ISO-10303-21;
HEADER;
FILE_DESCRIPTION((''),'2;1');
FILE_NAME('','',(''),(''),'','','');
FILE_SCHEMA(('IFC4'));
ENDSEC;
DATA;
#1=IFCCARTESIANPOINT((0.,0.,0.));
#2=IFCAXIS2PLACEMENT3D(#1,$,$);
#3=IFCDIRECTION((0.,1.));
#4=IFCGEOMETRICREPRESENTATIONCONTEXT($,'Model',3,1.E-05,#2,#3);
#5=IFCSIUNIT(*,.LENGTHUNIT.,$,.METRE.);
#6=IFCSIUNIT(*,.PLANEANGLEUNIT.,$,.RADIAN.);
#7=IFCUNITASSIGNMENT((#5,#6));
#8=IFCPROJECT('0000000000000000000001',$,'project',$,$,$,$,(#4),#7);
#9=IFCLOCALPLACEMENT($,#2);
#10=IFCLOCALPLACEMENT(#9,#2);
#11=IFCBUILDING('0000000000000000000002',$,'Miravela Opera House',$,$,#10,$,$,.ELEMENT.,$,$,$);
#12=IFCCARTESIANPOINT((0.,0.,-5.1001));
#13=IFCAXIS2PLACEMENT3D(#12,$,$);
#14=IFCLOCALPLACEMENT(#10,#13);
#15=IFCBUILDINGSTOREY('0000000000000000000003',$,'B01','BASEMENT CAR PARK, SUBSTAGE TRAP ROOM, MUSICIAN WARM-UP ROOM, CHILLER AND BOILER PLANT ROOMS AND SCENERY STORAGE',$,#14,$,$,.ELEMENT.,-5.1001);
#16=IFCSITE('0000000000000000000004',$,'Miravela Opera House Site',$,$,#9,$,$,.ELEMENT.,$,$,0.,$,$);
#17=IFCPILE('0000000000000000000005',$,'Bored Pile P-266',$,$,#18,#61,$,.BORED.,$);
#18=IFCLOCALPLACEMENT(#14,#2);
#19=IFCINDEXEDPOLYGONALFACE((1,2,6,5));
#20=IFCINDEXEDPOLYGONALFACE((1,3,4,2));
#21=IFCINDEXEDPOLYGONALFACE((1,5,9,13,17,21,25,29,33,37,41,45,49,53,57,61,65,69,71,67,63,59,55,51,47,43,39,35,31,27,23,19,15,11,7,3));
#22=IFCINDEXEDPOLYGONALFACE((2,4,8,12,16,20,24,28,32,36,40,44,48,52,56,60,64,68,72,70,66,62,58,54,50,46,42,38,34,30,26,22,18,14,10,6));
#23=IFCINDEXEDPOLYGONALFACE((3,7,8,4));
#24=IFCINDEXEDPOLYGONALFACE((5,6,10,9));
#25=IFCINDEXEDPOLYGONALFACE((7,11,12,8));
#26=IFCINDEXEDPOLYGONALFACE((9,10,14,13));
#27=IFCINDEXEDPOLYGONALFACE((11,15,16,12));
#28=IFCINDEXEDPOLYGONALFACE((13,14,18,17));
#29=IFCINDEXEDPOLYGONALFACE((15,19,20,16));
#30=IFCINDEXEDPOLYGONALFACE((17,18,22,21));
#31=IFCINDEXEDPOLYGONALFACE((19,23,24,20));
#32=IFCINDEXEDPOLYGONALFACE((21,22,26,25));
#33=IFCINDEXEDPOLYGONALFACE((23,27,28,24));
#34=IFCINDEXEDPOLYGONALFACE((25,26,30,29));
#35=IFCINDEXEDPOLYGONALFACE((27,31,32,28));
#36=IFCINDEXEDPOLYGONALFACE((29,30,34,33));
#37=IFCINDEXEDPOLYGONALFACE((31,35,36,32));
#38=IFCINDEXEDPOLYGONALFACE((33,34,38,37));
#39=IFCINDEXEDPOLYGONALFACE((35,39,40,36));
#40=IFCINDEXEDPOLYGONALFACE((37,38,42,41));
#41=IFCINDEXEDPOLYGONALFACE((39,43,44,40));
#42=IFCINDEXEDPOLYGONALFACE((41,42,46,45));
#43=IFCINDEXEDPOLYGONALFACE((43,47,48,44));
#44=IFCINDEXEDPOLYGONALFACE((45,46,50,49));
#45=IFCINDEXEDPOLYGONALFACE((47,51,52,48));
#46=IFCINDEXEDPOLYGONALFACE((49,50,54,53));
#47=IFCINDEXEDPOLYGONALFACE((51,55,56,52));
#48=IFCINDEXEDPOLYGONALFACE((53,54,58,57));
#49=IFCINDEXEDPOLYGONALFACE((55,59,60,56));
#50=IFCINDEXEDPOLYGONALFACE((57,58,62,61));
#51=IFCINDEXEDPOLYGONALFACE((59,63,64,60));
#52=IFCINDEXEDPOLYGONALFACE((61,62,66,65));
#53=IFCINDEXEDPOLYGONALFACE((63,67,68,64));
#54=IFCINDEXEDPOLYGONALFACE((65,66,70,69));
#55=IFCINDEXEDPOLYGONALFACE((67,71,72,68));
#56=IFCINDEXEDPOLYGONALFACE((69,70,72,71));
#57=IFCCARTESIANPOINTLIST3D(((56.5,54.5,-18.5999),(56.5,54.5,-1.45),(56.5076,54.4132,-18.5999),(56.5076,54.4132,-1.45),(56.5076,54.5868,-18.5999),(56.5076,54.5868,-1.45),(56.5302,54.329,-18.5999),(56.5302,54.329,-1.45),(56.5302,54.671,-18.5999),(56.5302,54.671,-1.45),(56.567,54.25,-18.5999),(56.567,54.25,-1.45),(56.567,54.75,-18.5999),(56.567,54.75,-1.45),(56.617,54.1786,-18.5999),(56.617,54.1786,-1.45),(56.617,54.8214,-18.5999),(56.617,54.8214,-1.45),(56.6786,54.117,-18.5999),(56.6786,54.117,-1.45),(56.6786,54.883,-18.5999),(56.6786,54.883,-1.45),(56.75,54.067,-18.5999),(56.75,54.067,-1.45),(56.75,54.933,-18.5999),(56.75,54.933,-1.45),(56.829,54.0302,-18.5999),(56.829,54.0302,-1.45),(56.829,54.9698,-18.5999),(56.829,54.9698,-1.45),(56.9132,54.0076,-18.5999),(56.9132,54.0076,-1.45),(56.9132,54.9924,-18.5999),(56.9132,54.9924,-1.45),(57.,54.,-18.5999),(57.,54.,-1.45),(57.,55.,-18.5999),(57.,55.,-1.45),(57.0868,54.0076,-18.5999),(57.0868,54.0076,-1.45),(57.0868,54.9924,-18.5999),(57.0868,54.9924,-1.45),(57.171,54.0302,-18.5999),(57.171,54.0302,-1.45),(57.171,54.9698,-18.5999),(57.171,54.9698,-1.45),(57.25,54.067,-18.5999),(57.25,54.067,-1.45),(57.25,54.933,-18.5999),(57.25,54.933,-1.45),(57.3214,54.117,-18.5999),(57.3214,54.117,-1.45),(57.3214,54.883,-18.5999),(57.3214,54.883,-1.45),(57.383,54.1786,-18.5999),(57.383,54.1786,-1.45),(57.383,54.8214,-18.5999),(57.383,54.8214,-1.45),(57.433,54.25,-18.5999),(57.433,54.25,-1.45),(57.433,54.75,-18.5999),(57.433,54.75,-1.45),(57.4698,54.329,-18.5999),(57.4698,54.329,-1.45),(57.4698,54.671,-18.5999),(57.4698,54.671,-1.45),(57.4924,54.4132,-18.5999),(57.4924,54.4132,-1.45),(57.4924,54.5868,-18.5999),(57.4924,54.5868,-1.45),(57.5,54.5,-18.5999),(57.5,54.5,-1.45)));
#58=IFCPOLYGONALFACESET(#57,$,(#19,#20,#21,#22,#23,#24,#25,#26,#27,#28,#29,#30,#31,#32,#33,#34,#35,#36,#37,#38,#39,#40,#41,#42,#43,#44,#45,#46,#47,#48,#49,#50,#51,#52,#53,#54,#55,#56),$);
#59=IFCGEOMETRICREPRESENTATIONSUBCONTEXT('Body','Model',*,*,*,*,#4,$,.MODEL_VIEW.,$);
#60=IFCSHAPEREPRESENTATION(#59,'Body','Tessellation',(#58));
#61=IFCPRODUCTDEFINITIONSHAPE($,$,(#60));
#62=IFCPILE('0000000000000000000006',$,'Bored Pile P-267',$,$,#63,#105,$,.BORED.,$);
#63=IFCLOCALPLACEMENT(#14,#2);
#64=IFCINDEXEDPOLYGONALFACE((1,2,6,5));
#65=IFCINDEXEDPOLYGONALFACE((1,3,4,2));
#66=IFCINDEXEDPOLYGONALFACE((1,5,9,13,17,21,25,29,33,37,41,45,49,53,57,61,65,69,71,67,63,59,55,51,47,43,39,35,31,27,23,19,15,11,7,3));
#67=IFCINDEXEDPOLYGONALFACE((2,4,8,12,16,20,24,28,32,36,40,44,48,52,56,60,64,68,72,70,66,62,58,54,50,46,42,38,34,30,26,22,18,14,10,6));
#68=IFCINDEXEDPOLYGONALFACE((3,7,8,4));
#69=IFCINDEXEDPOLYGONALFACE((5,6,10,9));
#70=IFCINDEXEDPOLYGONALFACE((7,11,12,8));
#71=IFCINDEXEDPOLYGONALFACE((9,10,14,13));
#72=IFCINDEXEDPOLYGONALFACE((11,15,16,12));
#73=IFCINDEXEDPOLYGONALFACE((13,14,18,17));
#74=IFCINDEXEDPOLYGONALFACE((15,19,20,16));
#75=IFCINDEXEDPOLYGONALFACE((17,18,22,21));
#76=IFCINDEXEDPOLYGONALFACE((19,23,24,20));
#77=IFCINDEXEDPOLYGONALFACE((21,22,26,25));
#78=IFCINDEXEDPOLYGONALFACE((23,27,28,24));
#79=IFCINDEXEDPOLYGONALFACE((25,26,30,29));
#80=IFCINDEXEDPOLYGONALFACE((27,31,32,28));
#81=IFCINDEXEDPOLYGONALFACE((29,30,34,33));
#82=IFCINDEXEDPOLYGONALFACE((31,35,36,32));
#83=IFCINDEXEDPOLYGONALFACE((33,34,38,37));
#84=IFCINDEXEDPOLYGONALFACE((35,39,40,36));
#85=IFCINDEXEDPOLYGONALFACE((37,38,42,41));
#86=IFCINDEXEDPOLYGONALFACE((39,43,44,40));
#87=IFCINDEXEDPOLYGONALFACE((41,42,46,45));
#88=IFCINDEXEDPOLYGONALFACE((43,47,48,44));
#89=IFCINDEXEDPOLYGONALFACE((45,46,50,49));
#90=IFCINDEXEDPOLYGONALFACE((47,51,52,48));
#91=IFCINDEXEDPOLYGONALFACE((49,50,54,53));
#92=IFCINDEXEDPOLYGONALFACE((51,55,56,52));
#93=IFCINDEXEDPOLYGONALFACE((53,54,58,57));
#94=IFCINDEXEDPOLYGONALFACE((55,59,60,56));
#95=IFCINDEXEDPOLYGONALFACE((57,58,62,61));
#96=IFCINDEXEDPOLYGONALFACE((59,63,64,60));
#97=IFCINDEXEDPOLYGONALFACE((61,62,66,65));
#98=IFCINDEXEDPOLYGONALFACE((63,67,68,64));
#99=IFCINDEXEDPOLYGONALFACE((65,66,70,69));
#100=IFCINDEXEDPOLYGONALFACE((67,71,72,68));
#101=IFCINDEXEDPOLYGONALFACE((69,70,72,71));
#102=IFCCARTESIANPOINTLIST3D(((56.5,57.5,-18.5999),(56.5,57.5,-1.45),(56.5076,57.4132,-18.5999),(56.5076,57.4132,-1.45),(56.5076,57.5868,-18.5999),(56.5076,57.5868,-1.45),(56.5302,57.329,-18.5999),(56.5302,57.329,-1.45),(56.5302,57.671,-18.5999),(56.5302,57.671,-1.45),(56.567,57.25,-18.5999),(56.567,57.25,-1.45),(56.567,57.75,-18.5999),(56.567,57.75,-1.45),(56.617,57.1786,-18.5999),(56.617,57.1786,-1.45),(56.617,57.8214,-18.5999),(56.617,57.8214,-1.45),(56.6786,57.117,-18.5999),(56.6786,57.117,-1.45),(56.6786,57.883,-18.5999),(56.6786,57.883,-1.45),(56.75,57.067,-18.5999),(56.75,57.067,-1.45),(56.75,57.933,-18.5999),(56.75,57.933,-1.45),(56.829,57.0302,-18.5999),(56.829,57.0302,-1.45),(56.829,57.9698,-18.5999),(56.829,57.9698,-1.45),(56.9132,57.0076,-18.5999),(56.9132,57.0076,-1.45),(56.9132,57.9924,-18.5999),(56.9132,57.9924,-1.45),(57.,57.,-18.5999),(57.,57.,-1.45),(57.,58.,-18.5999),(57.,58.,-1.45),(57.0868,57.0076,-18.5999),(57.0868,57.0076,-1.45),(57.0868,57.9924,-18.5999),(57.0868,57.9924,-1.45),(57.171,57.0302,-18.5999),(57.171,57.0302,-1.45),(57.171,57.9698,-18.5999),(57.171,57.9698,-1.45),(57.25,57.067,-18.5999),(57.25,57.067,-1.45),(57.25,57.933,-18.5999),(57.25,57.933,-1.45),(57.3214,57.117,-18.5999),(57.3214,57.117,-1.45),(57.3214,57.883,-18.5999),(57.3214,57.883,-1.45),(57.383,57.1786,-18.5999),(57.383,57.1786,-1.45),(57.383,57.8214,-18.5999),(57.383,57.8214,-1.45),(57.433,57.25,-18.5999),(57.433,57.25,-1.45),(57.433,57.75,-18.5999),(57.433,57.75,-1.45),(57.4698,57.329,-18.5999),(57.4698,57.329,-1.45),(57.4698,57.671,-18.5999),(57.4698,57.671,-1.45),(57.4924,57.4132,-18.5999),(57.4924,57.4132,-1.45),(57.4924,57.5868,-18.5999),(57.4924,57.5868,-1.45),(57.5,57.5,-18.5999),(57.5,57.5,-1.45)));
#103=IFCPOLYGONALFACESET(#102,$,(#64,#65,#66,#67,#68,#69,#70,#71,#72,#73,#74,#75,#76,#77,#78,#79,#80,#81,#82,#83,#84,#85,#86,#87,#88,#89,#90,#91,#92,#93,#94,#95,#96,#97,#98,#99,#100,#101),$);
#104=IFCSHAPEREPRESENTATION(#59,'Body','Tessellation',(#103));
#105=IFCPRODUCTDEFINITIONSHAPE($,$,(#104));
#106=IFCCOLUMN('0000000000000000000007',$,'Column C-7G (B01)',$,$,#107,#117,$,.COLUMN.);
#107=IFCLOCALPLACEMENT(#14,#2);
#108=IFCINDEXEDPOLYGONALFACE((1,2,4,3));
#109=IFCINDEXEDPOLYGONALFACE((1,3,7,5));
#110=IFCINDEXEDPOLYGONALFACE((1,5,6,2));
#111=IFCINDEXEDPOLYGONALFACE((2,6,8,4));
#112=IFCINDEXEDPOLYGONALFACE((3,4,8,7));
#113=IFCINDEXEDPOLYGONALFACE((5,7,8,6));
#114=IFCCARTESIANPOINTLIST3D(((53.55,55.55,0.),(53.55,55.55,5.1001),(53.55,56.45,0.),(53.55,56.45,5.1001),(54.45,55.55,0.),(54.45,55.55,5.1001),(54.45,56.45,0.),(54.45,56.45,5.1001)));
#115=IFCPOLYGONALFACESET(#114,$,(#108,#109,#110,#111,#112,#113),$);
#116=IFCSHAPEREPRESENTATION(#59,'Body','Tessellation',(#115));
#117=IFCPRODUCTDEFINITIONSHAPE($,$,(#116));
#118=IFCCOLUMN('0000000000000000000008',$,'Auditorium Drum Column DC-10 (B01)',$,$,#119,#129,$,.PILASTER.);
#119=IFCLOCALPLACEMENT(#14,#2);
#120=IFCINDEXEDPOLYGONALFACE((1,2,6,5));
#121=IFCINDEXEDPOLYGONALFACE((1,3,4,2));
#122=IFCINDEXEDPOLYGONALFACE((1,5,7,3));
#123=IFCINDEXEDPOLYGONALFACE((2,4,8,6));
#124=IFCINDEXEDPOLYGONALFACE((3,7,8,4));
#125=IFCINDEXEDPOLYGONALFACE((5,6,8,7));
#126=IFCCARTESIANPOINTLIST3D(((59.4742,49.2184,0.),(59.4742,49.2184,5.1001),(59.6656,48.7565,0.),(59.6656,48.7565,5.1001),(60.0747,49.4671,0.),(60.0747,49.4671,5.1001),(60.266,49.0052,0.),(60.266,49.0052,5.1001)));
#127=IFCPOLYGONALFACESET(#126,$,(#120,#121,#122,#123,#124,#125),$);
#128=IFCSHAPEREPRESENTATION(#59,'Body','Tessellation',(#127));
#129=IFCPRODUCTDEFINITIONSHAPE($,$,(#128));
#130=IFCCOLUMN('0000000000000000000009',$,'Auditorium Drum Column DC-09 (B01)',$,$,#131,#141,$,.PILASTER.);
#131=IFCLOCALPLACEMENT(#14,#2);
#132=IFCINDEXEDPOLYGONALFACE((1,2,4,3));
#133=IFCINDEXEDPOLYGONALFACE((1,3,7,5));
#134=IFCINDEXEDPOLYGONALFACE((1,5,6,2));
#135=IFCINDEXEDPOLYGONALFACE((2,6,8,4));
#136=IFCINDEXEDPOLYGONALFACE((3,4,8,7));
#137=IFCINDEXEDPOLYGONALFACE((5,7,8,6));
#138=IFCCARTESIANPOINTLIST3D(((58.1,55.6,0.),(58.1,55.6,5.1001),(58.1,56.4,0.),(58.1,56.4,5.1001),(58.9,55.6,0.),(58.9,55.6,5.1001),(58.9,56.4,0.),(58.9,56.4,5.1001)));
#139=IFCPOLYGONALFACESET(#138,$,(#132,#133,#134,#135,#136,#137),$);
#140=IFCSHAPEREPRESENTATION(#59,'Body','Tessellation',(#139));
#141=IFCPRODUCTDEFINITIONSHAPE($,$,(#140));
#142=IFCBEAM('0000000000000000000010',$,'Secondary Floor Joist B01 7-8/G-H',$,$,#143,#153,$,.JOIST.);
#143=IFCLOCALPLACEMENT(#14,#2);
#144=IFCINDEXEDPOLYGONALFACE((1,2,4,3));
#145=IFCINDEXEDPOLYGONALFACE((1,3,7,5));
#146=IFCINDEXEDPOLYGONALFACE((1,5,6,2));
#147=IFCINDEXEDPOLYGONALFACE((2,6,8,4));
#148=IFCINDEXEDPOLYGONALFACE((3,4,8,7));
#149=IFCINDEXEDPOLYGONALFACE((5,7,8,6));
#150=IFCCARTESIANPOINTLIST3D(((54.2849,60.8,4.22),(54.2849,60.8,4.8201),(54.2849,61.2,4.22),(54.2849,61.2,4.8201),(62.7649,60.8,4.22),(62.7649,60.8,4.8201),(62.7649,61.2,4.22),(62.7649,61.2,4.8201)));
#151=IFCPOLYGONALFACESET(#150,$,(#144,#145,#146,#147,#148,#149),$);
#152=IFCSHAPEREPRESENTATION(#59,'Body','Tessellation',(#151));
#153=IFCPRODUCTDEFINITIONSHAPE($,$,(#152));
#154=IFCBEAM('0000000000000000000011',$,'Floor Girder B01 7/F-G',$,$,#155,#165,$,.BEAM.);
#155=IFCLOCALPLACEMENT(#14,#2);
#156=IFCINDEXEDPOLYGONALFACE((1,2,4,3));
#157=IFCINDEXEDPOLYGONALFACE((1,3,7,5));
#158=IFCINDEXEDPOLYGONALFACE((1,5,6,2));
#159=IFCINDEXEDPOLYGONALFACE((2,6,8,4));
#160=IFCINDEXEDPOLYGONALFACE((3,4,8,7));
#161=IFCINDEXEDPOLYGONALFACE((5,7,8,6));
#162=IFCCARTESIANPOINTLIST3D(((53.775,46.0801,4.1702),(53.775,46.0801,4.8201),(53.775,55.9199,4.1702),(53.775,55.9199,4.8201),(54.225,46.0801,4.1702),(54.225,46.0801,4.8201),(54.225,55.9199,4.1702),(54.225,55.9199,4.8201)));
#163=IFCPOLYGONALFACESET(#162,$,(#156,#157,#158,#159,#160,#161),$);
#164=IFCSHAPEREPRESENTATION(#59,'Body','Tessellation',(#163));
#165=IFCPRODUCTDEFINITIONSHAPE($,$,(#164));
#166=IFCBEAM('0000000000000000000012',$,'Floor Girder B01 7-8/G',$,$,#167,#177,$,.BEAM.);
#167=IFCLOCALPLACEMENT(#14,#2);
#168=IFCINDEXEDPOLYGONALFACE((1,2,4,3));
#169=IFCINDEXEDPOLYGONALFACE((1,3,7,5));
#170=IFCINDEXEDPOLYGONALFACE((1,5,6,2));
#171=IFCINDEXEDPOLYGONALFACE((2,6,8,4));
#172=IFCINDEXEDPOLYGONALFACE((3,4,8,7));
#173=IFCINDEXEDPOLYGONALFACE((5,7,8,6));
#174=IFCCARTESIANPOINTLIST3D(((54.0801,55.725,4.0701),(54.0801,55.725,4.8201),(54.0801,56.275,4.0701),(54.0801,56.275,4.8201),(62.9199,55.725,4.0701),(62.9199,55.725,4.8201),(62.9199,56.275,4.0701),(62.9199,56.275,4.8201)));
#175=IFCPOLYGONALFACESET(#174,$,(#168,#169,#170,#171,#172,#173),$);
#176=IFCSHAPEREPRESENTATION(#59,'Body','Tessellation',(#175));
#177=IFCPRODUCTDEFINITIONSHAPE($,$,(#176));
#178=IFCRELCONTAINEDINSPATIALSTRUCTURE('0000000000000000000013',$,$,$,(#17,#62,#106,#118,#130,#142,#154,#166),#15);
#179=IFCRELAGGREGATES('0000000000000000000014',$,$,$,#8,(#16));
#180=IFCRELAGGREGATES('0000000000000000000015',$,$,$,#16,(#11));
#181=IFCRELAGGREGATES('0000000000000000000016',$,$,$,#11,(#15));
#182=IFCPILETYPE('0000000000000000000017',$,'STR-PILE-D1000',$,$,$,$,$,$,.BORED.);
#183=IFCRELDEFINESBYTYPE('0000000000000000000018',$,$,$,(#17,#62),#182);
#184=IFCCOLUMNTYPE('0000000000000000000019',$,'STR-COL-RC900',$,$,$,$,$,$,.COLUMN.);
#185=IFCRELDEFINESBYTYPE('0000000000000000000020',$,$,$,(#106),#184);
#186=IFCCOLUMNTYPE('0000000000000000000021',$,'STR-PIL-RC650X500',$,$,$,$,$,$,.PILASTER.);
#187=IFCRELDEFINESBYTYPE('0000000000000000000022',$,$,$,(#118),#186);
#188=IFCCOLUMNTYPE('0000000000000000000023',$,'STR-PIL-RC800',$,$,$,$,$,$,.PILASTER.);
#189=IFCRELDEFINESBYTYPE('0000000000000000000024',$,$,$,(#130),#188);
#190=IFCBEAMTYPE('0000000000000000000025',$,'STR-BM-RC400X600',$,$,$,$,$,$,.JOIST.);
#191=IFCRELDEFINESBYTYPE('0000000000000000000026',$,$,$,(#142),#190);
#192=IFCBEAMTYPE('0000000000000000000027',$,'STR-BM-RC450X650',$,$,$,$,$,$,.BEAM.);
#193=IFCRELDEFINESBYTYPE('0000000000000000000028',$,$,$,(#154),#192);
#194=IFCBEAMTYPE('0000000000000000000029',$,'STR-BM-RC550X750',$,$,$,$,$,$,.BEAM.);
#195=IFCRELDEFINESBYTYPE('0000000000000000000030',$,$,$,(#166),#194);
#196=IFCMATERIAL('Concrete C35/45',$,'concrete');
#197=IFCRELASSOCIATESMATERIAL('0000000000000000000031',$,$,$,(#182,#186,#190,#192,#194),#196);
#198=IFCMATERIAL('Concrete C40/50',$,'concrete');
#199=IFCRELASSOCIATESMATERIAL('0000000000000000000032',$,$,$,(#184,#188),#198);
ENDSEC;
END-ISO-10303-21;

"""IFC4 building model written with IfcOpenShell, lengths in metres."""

from ifc_helpers import new_model, si_unit, direction, frame, origin, origin_2d, place, context, subcontext, project, spatial, rectangle, circle, extrude, material, material_profile, profile_set, type_object, element, save


model = new_model("IFC4")

# Units and contexts
model_context = context("Model", 3, precision=1e-05, world=origin(), true_north=direction((0.0, 1.0)))
body_context = subcontext(model_context, "Body", "Model", "MODEL_VIEW")
ifc_project = project(units=[si_unit("LENGTHUNIT", "METRE"), si_unit("PLANEANGLEUNIT", "RADIAN")], contexts=[model_context])

# Site, building, storey
site_placement = place(None, origin())
site = spatial("IfcSite", under=ifc_project, at=site_placement, Name="Miravela Opera House Site", CompositionType="ELEMENT", RefElevation=0.0)
building_placement = place(site_placement, origin())
building = spatial("IfcBuilding", under=site, at=building_placement, Name="Miravela Opera House", CompositionType="ELEMENT")
storey_placement = place(building_placement, frame((0.0, 0.0, -5.1001)))
storey = spatial("IfcBuildingStorey", under=building, at=storey_placement, Name="B01", Description="BASEMENT CAR PARK, SUBSTAGE TRAP ROOM, MUSICIAN WARM-UP ROOM, CHILLER AND BOILER PLANT ROOMS AND SCENERY STORAGE", CompositionType="ELEMENT", Elevation=-5.1001)

# Shared definitions
ifc_material_1 = material(Name="Concrete C35/45", Category="concrete")

# Piles
ifc_material_profile_1 = material_profile(ifc_material_1, circle(Radius=0.5, at=origin_2d()), Name="PILE-D1000")
ifc_profile_set_1 = profile_set([ifc_material_profile_1])
pile_type = type_object("IfcPileType", Name="STR-PILE-D1000", PredefinedType="BORED", material=ifc_profile_set_1)
for number, where, z_axis, x_axis, name in (
    (1, (57.0, 54.5, -1.45), (0.0, 0.0, -1.0), (1.0, 0.0, 0.0), "Bored Pile P-266"),
    (2, (57.0, 57.5, -1.45), (0.0, 0.0, -1.0), (1.0, 0.0, 0.0), "Bored Pile P-267"),
):
    element("IfcPile", number, at=place(storey_placement, frame(where, z_axis=z_axis, x_axis=x_axis)), inside=storey, type_object=pile_type, Name=name, PredefinedType="BORED", context=body_context, shape_type="SweptSolid", body=[
        extrude(circle(Radius=0.5, at=origin_2d()), origin(), (0.0, 0.0, 1.0), 17.1499),
    ])

# Columns
ifc_material_2 = material(Name="Concrete C40/50", Category="concrete")
ifc_material_profile_2 = material_profile(ifc_material_2, rectangle(XDim=0.8999, YDim=0.8999, at=origin_2d()), Name="RC-COL-900X900")
ifc_profile_set_2 = profile_set([ifc_material_profile_2])
column_type_1 = type_object("IfcColumnType", Name="STR-COL-RC900", PredefinedType="COLUMN", material=ifc_profile_set_2)
column_1_placement = place(storey_placement, frame((54.0, 56.0, 0.0), z_axis=(0.0, 0.0, 1.0), x_axis=(1.0, 0.0, 0.0)))
element("IfcColumn", 3, at=column_1_placement, inside=storey, type_object=column_type_1, Name="Column C-7G (B01)", PredefinedType="COLUMN", context=body_context, shape_type="SweptSolid", body=[
    extrude(rectangle(XDim=0.8999, YDim=0.8999, at=origin_2d()), origin(), (0.0, 0.0, 1.0), 5.1001),
])
ifc_material_profile_3 = material_profile(ifc_material_1, rectangle(XDim=0.6499, YDim=0.5, at=origin_2d()), Name="RC-PIL-650X500")
ifc_profile_set_3 = profile_set([ifc_material_profile_3])
column_type_2 = type_object("IfcColumnType", Name="STR-PIL-RC650X500", PredefinedType="PILASTER", material=ifc_profile_set_3)
column_2_placement = place(storey_placement, frame((59.8701, 49.1118, 0.0), z_axis=(0.0, 0.0, 1.0), x_axis=(-0.92388, -0.382683, 0.0)))
element("IfcColumn", 4, at=column_2_placement, inside=storey, type_object=column_type_2, Name="Auditorium Drum Column DC-10 (B01)", PredefinedType="PILASTER", context=body_context, shape_type="SweptSolid", body=[
    extrude(rectangle(XDim=0.6499, YDim=0.5, at=origin_2d()), origin(), (0.0, 0.0, 1.0), 5.1001),
])
ifc_material_profile_4 = material_profile(ifc_material_2, rectangle(XDim=0.8, YDim=0.8, at=origin_2d()), Name="RC-COL-800X800")
ifc_profile_set_4 = profile_set([ifc_material_profile_4])
column_type_3 = type_object("IfcColumnType", Name="STR-PIL-RC800", PredefinedType="PILASTER", material=ifc_profile_set_4)
column_3_placement = place(storey_placement, frame((58.5, 56.0, 0.0), z_axis=(0.0, 0.0, 1.0), x_axis=(-1.0, 0.0, 0.0)))
element("IfcColumn", 5, at=column_3_placement, inside=storey, type_object=column_type_3, Name="Auditorium Drum Column DC-09 (B01)", PredefinedType="PILASTER", context=body_context, shape_type="SweptSolid", body=[
    extrude(rectangle(XDim=0.8, YDim=0.8, at=origin_2d()), origin(), (0.0, 0.0, 1.0), 5.1001),
])

# Beams
ifc_material_profile_5 = material_profile(ifc_material_1, rectangle(XDim=0.3999, YDim=0.6001, at=origin_2d()), Name="RC-BM-400X600")
ifc_profile_set_5 = profile_set([ifc_material_profile_5])
beam_type_1 = type_object("IfcBeamType", Name="STR-BM-RC400X600", PredefinedType="JOIST", material=ifc_profile_set_5)
beam_1_placement = place(storey_placement, frame((54.2849, 61.0, 4.52), z_axis=(1.0, 0.0, 0.0), x_axis=(0.0, 1.0, 0.0)))
element("IfcBeam", 6, at=beam_1_placement, inside=storey, type_object=beam_type_1, Name="Secondary Floor Joist B01 7-8/G-H", PredefinedType="JOIST", context=body_context, shape_type="SweptSolid", body=[
    extrude(rectangle(XDim=0.3999, YDim=0.6001, at=origin_2d()), origin(), (0.0, 0.0, 1.0), 8.48),
])
ifc_material_profile_6 = material_profile(ifc_material_1, rectangle(XDim=0.45, YDim=0.6499, at=origin_2d()), Name="RC-BM-450X650")
ifc_profile_set_6 = profile_set([ifc_material_profile_6])
beam_type_2 = type_object("IfcBeamType", Name="STR-BM-RC450X650", PredefinedType="BEAM", material=ifc_profile_set_6)
beam_2_placement = place(storey_placement, frame((54.0, 46.0801, 4.4951), z_axis=(0.0, 1.0, 0.0), x_axis=(-1.0, 0.0, 0.0)))
element("IfcBeam", 7, at=beam_2_placement, inside=storey, type_object=beam_type_2, Name="Floor Girder B01 7/F-G", PredefinedType="BEAM", context=body_context, shape_type="SweptSolid", body=[
    extrude(rectangle(XDim=0.45, YDim=0.6499, at=origin_2d()), origin(), (0.0, 0.0, 1.0), 9.8398),
])
ifc_material_profile_7 = material_profile(ifc_material_1, rectangle(XDim=0.55, YDim=0.75, at=origin_2d()), Name="RC-BM-550X750")
ifc_profile_set_7 = profile_set([ifc_material_profile_7])
beam_type_3 = type_object("IfcBeamType", Name="STR-BM-RC550X750", PredefinedType="BEAM", material=ifc_profile_set_7)
beam_3_placement = place(storey_placement, frame((54.0801, 56.0, 4.4451), z_axis=(1.0, 0.0, 0.0), x_axis=(0.0, 1.0, 0.0)))
element("IfcBeam", 8, at=beam_3_placement, inside=storey, type_object=beam_type_3, Name="Floor Girder B01 7-8/G", PredefinedType="BEAM", context=body_context, shape_type="SweptSolid", body=[
    extrude(rectangle(XDim=0.55, YDim=0.75, at=origin_2d()), origin(), (0.0, 0.0, 1.0), 8.8398),
])

save(model, "model.ifc")
